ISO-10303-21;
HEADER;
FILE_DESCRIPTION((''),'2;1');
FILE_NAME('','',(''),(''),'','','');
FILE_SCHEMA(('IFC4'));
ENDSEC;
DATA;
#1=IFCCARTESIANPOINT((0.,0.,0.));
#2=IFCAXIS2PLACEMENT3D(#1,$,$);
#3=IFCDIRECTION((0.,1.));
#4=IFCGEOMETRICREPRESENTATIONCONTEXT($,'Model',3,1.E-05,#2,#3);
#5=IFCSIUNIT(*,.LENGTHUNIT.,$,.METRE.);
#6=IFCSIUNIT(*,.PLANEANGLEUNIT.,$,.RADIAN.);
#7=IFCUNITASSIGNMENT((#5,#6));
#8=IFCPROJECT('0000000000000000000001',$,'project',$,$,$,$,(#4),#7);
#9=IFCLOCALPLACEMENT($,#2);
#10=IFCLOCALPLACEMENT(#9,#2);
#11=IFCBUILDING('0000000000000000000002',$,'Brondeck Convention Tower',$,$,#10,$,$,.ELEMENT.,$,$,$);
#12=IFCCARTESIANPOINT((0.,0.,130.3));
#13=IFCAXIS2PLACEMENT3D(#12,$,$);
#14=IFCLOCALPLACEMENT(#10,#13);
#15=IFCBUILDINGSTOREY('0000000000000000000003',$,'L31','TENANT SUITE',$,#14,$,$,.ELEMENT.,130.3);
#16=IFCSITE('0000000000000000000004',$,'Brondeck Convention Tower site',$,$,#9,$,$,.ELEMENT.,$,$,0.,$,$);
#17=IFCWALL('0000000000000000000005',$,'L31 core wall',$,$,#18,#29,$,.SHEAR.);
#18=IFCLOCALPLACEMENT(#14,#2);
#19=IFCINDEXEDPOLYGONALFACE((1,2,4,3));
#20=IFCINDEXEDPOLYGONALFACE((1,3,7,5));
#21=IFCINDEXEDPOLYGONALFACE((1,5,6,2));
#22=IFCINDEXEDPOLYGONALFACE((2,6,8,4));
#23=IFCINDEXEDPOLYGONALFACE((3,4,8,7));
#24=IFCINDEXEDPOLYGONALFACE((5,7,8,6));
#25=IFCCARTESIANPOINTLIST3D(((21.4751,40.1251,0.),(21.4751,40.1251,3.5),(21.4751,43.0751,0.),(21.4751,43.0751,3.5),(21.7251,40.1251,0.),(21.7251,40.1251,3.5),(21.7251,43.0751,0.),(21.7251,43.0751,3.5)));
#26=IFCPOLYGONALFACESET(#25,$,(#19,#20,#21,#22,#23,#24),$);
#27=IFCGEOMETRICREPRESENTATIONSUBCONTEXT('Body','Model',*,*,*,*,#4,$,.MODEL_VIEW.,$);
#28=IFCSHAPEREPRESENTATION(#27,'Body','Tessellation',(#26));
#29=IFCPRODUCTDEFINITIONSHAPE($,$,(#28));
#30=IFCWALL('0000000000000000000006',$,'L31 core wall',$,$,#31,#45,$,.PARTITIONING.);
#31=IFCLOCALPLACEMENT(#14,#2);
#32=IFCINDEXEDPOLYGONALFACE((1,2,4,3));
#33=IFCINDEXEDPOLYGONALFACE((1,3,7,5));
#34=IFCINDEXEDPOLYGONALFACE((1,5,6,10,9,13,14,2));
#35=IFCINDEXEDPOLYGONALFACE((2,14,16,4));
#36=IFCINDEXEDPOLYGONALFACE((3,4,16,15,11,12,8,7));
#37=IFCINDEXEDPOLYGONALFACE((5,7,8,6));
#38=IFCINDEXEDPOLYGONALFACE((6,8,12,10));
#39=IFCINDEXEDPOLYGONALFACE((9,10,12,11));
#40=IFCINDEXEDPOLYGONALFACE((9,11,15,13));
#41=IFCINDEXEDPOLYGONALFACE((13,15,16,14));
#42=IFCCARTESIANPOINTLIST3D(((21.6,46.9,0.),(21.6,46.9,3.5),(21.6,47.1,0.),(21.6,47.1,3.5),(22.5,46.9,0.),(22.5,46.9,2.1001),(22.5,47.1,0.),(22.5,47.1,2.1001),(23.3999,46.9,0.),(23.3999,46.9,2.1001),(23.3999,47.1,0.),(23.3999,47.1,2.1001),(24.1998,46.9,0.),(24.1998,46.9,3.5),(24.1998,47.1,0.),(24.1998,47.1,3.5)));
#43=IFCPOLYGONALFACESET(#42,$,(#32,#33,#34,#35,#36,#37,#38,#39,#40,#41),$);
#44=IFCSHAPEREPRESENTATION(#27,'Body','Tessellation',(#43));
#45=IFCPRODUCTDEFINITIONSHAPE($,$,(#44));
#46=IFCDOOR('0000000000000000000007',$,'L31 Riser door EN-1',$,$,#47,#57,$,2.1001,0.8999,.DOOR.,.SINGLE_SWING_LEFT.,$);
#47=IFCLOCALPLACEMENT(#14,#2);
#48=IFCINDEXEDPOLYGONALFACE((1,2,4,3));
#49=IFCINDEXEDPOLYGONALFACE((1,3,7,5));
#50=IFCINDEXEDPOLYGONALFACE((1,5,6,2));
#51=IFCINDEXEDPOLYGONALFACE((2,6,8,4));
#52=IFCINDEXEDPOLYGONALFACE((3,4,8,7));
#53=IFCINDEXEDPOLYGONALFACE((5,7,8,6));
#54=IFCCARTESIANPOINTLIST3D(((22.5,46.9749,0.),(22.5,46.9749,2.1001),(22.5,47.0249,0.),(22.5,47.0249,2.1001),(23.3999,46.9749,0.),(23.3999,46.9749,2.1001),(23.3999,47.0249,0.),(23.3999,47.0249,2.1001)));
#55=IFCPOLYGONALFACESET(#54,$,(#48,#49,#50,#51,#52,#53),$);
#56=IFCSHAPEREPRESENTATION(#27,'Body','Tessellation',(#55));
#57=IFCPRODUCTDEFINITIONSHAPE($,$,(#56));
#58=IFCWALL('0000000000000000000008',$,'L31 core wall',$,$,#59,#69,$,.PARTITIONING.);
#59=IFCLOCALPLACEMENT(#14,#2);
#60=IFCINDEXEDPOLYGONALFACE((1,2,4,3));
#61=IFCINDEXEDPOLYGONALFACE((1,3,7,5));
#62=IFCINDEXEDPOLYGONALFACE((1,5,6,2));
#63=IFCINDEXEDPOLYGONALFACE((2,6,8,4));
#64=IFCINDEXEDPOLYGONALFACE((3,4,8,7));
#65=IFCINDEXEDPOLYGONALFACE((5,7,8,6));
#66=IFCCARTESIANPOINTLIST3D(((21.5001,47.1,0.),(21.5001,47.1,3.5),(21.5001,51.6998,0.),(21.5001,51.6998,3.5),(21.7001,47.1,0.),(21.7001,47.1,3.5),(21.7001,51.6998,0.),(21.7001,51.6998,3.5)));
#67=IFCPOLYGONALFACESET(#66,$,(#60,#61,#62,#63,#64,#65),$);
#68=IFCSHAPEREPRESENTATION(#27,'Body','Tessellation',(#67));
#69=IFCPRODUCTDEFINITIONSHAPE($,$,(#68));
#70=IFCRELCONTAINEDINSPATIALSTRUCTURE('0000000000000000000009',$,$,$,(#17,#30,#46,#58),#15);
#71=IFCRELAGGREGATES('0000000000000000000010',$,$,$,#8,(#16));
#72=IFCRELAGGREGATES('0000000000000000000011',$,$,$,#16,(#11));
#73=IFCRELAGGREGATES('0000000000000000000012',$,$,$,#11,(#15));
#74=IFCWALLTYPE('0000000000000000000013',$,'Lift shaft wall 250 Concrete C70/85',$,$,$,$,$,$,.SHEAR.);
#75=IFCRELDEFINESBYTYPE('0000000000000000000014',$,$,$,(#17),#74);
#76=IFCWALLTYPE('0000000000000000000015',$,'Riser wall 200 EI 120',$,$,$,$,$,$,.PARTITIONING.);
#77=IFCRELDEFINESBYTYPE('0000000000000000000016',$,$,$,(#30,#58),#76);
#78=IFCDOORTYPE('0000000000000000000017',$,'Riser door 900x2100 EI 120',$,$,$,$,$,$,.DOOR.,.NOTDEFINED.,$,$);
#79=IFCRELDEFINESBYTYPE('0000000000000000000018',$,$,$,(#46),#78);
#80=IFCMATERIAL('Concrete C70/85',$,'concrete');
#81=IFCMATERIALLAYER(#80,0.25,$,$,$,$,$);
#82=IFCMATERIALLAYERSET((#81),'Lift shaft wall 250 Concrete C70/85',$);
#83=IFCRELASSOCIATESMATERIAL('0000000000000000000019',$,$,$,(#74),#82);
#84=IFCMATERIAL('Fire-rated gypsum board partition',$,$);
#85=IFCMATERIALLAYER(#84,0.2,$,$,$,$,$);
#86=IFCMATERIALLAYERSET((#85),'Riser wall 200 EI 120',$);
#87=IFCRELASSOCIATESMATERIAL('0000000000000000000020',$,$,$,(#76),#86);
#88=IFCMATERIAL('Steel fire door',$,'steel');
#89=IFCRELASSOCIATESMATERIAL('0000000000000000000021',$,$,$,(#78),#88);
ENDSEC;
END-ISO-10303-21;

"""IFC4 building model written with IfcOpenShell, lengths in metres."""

from ifc_helpers import new_model, si_unit, direction, frame, frame_2d, origin, place, context, subcontext, project, spatial, rectangle, extrude, material, layer, layer_set, type_object, element, fill, save


model = new_model("IFC4")

# Units and contexts
model_context = context("Model", 3, precision=1e-05, world=origin(), true_north=direction((0.0, 1.0)))
body_context = subcontext(model_context, "Body", "Model", "MODEL_VIEW")
ifc_project = project(units=[si_unit("LENGTHUNIT", "METRE"), si_unit("PLANEANGLEUNIT", "RADIAN")], contexts=[model_context])

# Site, building, storey
site_placement = place(None, origin())
site = spatial("IfcSite", under=ifc_project, at=site_placement, Name="Brondeck Convention Tower site", CompositionType="ELEMENT", RefElevation=0.0)
building_placement = place(site_placement, origin())
building = spatial("IfcBuilding", under=site, at=building_placement, Name="Brondeck Convention Tower", CompositionType="ELEMENT")
storey_placement = place(building_placement, frame((0.0, 0.0, 130.3)))
storey = spatial("IfcBuildingStorey", under=building, at=storey_placement, Name="L31", Description="TENANT SUITE", CompositionType="ELEMENT", Elevation=130.3)

# Shared definitions
ifc_material_1 = material(Name="Fire-rated gypsum board partition")

# Shared definitions
ifc_material_2 = material(Name="Steel fire door", Category="steel")

# Wall
ifc_material_3 = material(Name="Concrete C70/85", Category="concrete")
ifc_layer_1 = layer(ifc_material_3, 0.25)
ifc_layer_set_1 = layer_set([ifc_layer_1], Name="Lift shaft wall 250 Concrete C70/85")
wall_type_1 = type_object("IfcWallType", Name="Lift shaft wall 250 Concrete C70/85", PredefinedType="SHEAR", material=ifc_layer_set_1)
for number, where, z_axis, x_axis, name in (
    (1, (21.6001, 40.125, 0.0), (0.0, 0.0, 1.0), (0.0, 1.0, 0.0), "L31 core wall"),
):
    element("IfcWall", number, at=place(storey_placement, frame(where, z_axis=z_axis, x_axis=x_axis)), inside=storey, type_object=wall_type_1, Name=name, PredefinedType="SHEAR", context=body_context, shape_type="SweptSolid", body=[
        extrude(rectangle(XDim=2.95, YDim=0.25, at=frame_2d((1.4751, 0.0))), origin(), (0.0, 0.0, 1.0), 3.5),
    ])

# Wall, opening, door
ifc_layer_2 = layer(ifc_material_1, 0.2)
ifc_layer_set_2 = layer_set([ifc_layer_2], Name="Riser wall 200 EI 120")
wall_type_2 = type_object("IfcWallType", Name="Riser wall 200 EI 120", PredefinedType="PARTITIONING", material=ifc_layer_set_2)
wall_1_placement = place(storey_placement, frame((21.6001, 47.0, 0.0), z_axis=(0.0, 0.0, 1.0), x_axis=(1.0, 0.0, 0.0)))
wall_1 = element("IfcWall", 2, at=wall_1_placement, inside=storey, type_object=wall_type_2, Name="L31 core wall", PredefinedType="PARTITIONING", context=body_context, shape_type="SweptSolid", body=[
    extrude(rectangle(XDim=2.5999, YDim=0.2, at=frame_2d((1.2998, 0.0))), origin(), (0.0, 0.0, 1.0), 3.5),
])
opening_1_placement = place(wall_1_placement, frame((0.8999, 0.0, 0.0)))
opening_1 = element("IfcOpeningElement", 3, at=opening_1_placement, cuts=wall_1, PredefinedType="OPENING", context=body_context, shape_type="SweptSolid", body=[
    extrude(rectangle(XDim=0.8999, YDim=2.1001, at=frame_2d((0.45, 1.05))), frame((0.0, 0.1099, 0.0), z_axis=(0.0, -1.0, 0.0), x_axis=(1.0, 0.0, 0.0)), (0.0, 0.0, 1.0), 0.22),
])
door_type_1 = type_object("IfcDoorType", Name="Riser door 900x2100 EI 120", OperationType="NOTDEFINED", PredefinedType="DOOR", material=ifc_material_2)
door_1_placement = place(opening_1_placement, origin())
door_1 = element("IfcDoor", 4, at=door_1_placement, inside=storey, type_object=door_type_1, Name="L31 Riser door EN-1", OperationType="SINGLE_SWING_LEFT", OverallHeight=2.1001, OverallWidth=0.8999, PredefinedType="DOOR", context=body_context, shape_type="SweptSolid", body=[
    extrude(rectangle(XDim=0.8999, YDim=2.1001, at=frame_2d((0.45, 1.05))), frame((0.0, 0.0249, 0.0), z_axis=(0.0, -1.0, 0.0), x_axis=(1.0, 0.0, 0.0)), (0.0, 0.0, 1.0), 0.05),
])
fill(opening_1, door_1)

# Wall
wall_2_placement = place(storey_placement, frame((21.6001, 47.1001, 0.0), z_axis=(0.0, 0.0, 1.0), x_axis=(0.0, 1.0, 0.0)))
element("IfcWall", 5, at=wall_2_placement, inside=storey, type_object=wall_type_2, Name="L31 core wall", PredefinedType="PARTITIONING", context=body_context, shape_type="SweptSolid", body=[
    extrude(rectangle(XDim=4.5999, YDim=0.2, at=frame_2d((2.2998, 0.0))), origin(), (0.0, 0.0, 1.0), 3.5),
])

save(model, "model.ifc")
